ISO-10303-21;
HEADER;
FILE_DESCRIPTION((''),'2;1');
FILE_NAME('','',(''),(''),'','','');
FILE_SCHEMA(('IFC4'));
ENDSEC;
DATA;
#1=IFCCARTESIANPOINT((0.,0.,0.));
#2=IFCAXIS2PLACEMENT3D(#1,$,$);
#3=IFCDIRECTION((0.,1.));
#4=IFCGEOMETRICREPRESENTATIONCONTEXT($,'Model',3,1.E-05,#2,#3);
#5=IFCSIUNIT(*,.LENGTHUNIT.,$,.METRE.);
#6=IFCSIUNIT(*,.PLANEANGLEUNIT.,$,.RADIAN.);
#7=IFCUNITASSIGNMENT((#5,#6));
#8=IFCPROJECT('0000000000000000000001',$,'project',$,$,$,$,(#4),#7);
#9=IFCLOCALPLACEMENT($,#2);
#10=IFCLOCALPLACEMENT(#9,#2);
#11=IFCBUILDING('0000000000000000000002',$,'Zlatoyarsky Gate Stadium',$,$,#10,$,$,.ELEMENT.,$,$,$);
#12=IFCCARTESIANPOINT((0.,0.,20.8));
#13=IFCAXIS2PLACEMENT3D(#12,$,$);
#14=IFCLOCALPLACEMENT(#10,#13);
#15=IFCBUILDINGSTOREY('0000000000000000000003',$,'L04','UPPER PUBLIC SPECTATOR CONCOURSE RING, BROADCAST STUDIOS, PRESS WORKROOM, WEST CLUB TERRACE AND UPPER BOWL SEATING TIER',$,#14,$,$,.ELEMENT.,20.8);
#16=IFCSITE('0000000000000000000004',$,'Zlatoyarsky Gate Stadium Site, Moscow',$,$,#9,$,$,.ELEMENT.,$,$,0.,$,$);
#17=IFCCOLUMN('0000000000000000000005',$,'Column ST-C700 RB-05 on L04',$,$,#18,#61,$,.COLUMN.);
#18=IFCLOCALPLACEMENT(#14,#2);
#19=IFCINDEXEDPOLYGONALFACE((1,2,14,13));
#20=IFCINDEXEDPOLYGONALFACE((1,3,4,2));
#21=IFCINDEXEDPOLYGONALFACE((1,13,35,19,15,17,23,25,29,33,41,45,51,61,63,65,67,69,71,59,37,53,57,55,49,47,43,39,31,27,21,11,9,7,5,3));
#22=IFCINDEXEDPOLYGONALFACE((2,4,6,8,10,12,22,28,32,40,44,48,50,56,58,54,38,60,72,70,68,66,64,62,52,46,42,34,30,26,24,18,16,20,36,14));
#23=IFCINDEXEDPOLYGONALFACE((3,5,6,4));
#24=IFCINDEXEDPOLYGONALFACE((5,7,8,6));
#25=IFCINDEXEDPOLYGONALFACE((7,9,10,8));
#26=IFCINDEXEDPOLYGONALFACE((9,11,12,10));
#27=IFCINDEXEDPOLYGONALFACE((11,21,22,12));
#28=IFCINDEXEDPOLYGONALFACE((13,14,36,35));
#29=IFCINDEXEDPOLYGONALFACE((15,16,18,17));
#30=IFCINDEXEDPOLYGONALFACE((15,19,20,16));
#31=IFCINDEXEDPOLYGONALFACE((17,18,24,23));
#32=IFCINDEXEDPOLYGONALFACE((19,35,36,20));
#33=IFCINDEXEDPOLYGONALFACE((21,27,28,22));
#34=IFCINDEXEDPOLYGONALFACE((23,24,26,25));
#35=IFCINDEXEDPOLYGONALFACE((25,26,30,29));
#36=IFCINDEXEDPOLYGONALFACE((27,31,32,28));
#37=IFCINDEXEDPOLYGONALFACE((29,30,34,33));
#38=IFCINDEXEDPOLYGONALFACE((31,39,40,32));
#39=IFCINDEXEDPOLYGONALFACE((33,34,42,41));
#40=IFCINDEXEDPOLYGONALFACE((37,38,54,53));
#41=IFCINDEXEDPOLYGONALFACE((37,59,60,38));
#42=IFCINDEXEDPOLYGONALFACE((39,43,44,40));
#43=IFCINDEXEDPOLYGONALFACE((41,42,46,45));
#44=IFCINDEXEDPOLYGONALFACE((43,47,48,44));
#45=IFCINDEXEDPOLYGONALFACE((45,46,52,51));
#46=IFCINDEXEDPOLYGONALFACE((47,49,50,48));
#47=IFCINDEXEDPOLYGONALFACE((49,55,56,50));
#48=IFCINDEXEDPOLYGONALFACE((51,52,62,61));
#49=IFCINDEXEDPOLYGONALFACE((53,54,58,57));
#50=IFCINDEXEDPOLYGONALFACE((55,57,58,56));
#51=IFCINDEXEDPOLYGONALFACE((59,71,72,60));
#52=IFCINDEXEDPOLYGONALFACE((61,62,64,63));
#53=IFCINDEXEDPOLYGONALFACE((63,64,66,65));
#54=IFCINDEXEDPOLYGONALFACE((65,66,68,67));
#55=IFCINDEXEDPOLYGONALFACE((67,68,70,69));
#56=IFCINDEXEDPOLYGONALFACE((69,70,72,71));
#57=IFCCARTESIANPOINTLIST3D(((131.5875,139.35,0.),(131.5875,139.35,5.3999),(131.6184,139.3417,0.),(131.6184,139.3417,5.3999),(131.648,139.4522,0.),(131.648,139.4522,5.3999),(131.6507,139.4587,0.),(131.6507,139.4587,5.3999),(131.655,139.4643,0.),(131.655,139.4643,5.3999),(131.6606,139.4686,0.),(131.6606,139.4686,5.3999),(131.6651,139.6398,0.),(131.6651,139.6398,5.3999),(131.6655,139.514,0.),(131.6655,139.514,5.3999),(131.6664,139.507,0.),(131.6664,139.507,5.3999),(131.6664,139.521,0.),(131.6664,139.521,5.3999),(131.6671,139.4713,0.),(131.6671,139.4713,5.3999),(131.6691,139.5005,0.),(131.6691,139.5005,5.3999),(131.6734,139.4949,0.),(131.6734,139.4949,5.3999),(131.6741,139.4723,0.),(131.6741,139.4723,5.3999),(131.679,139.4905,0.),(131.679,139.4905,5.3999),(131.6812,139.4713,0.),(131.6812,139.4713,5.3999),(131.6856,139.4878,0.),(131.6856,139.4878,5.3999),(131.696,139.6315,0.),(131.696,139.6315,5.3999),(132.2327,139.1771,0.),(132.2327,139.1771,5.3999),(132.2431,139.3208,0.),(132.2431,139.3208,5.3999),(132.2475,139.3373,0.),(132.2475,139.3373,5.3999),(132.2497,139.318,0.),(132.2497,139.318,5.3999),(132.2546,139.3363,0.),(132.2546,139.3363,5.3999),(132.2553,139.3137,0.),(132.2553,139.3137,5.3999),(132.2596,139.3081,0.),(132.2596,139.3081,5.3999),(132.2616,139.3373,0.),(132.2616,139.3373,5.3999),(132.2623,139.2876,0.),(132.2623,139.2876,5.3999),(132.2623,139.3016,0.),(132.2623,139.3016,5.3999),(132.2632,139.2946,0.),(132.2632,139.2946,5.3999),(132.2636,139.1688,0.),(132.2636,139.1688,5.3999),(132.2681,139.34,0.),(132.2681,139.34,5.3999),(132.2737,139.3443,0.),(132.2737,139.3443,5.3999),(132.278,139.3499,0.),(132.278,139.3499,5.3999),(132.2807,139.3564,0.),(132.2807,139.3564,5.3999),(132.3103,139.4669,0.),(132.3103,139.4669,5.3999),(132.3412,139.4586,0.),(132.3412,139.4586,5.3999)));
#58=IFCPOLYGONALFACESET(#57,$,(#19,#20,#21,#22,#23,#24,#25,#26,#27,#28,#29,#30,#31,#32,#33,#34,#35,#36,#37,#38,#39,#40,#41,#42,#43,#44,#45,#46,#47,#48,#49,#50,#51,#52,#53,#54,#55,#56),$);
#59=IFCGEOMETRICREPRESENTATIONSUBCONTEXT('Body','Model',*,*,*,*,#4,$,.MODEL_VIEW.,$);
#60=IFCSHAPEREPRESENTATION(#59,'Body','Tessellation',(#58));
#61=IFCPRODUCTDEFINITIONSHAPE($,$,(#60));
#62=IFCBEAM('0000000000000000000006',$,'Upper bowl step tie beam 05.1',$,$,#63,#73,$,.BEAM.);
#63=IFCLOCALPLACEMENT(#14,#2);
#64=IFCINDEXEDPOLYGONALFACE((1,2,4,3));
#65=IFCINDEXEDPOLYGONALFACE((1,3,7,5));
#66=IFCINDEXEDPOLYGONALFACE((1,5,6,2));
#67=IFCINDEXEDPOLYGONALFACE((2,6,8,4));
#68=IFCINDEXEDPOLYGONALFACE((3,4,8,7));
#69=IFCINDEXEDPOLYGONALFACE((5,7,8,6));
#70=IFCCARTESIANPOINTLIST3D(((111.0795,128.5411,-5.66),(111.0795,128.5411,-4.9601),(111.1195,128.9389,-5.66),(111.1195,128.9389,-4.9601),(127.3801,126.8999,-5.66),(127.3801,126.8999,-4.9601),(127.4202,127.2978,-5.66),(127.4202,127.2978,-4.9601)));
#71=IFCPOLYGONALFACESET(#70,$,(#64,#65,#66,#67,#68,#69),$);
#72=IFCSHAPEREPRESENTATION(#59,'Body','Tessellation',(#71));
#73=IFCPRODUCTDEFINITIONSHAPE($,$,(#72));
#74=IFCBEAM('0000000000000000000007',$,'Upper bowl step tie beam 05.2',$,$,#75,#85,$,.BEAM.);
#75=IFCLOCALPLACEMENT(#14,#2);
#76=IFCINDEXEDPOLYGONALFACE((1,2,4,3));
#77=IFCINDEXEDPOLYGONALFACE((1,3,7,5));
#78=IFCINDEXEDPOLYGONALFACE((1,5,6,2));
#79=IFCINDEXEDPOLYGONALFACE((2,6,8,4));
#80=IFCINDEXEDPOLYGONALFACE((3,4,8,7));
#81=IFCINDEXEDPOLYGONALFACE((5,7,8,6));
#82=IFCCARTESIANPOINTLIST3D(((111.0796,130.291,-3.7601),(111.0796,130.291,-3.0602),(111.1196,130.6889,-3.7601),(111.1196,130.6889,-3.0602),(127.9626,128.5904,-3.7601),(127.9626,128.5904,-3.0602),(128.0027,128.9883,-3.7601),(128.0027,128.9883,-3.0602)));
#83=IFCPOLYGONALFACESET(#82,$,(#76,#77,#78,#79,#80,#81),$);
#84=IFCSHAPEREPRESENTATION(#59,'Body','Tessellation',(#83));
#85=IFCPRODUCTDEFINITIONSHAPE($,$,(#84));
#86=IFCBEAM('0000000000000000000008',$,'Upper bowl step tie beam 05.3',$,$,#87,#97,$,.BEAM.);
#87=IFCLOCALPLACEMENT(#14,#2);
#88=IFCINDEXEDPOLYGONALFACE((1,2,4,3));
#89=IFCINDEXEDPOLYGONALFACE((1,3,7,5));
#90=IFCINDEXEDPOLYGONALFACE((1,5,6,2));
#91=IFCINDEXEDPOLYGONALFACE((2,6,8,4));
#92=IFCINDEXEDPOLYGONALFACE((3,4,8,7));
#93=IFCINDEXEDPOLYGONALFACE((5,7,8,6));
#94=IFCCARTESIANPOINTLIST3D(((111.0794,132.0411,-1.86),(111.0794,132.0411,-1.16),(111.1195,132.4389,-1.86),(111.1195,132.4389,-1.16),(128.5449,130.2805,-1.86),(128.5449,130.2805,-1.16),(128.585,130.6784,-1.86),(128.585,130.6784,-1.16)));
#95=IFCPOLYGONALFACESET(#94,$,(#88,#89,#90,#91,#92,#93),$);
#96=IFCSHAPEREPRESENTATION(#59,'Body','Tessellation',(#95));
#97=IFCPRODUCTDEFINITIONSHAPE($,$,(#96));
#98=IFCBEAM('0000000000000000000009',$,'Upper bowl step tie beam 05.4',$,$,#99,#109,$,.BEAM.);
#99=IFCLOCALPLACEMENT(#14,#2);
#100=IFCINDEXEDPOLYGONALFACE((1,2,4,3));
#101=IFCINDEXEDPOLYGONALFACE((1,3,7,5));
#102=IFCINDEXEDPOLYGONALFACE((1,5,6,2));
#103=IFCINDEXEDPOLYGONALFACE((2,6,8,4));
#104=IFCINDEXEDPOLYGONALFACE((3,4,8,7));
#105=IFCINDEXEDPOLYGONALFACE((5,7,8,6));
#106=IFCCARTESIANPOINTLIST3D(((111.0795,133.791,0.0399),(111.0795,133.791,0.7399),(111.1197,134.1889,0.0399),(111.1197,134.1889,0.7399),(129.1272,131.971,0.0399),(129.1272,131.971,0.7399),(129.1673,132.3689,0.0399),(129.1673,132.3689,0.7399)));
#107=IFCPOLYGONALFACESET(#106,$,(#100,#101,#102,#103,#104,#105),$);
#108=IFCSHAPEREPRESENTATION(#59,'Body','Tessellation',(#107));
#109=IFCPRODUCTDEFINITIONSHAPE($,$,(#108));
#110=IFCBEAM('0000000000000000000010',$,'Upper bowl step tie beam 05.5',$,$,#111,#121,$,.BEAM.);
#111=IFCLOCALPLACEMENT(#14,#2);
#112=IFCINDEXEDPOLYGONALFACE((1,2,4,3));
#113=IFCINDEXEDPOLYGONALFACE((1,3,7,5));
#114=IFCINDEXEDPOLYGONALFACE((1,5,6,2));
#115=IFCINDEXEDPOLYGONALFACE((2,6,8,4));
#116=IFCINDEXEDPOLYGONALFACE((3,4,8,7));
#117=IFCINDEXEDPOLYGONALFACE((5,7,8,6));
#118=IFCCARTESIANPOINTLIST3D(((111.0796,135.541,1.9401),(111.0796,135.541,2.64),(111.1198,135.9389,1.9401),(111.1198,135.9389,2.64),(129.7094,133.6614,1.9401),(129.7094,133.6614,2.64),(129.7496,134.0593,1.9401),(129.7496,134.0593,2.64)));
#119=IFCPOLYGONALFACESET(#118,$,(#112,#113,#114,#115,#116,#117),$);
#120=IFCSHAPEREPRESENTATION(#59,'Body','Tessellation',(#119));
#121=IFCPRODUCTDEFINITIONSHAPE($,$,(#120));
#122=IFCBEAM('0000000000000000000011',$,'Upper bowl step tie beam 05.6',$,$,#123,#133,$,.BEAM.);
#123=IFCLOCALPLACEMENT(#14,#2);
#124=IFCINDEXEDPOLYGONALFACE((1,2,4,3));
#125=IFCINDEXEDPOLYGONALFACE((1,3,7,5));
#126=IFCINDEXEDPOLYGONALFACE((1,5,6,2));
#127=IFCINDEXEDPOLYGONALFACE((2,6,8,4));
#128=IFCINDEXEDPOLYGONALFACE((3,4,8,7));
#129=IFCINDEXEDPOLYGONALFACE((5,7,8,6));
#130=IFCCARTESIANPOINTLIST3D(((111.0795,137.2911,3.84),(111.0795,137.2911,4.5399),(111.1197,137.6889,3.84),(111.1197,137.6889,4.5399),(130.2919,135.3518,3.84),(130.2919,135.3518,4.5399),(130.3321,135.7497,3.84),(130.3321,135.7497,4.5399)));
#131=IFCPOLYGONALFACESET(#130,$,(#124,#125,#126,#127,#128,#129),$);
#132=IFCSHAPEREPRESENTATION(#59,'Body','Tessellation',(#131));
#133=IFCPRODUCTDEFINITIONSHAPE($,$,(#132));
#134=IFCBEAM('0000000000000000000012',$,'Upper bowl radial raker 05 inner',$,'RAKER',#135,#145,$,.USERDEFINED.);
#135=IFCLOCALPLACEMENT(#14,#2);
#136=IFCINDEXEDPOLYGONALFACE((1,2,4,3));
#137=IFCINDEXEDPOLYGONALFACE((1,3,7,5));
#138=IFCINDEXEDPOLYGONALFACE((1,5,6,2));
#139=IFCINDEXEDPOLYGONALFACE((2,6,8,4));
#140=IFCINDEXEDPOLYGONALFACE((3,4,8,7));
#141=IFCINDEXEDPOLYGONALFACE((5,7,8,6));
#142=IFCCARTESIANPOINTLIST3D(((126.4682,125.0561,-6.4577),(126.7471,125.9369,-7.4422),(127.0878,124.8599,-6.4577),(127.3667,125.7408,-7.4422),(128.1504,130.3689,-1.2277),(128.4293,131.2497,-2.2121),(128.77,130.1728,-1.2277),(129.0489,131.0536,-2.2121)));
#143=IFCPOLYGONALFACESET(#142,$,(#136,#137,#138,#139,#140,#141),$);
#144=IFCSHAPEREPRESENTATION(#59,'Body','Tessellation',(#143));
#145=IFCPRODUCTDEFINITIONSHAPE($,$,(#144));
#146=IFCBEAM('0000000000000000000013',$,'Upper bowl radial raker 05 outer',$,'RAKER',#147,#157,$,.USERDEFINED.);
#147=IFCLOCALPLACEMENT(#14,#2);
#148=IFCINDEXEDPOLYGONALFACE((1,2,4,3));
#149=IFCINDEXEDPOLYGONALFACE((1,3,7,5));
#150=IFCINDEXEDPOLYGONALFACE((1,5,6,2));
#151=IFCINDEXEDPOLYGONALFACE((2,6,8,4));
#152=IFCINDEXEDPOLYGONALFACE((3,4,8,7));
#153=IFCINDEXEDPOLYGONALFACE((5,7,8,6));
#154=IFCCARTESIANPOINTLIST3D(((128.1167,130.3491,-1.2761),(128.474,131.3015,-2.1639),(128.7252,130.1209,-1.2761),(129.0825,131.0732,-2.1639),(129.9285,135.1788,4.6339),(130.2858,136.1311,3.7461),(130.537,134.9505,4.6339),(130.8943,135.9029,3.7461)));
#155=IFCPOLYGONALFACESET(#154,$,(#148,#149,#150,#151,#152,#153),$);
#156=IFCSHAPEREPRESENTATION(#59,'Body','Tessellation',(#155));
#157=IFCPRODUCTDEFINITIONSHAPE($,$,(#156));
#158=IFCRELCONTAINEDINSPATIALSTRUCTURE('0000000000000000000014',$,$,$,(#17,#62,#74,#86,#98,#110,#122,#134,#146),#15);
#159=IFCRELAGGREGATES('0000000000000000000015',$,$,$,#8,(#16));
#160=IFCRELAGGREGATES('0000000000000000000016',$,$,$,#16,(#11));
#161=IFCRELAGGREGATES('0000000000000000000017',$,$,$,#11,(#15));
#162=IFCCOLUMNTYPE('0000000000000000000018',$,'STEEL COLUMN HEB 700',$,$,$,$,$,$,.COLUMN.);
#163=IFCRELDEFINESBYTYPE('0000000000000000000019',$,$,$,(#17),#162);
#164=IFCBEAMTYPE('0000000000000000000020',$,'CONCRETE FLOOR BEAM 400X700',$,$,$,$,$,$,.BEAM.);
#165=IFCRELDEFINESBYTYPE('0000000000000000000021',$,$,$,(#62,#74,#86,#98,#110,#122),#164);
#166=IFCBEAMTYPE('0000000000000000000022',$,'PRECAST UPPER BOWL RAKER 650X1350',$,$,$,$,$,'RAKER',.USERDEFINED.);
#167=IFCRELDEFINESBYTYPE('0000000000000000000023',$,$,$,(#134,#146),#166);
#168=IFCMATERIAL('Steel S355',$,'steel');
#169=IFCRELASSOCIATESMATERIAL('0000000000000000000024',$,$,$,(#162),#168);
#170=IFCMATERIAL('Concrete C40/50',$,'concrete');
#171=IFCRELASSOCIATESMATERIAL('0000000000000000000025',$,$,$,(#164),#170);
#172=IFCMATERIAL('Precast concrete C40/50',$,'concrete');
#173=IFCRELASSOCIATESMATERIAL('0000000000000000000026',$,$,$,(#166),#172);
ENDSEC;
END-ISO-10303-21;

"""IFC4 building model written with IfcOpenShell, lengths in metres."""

from ifc_helpers import new_model, si_unit, direction, frame, origin, origin_2d, place, context, subcontext, project, spatial, rectangle, i_section, extrude, material, material_profile, profile_set, type_object, element, save


model = new_model("IFC4")

# Units and contexts
model_context = context("Model", 3, precision=1e-05, world=origin(), true_north=direction((0.0, 1.0)))
body_context = subcontext(model_context, "Body", "Model", "MODEL_VIEW")
ifc_project = project(units=[si_unit("LENGTHUNIT", "METRE"), si_unit("PLANEANGLEUNIT", "RADIAN")], contexts=[model_context])

# Site, building, storey
site_placement = place(None, origin())
site = spatial("IfcSite", under=ifc_project, at=site_placement, Name="Zlatoyarsky Gate Stadium Site, Moscow", CompositionType="ELEMENT", RefElevation=0.0)
building_placement = place(site_placement, origin())
building = spatial("IfcBuilding", under=site, at=building_placement, Name="Zlatoyarsky Gate Stadium", CompositionType="ELEMENT")
storey_placement = place(building_placement, frame((0.0, 0.0, 20.8)))
storey = spatial("IfcBuildingStorey", under=building, at=storey_placement, Name="L04", Description="UPPER PUBLIC SPECTATOR CONCOURSE RING, BROADCAST STUDIOS, PRESS WORKROOM, WEST CLUB TERRACE AND UPPER BOWL SEATING TIER", CompositionType="ELEMENT", Elevation=20.8)

# Column
ifc_material_1 = material(Name="Steel S355", Category="steel")
ifc_material_profile_1 = material_profile(ifc_material_1, i_section(OverallWidth=0.3, OverallDepth=0.7, WebThickness=0.0171, FlangeThickness=0.032, FilletRadius=0.0271, at=origin_2d()), Name="HEB 700")
ifc_profile_set_1 = profile_set([ifc_material_profile_1], Name="Steel S355")
column_type = type_object("IfcColumnType", Name="STEEL COLUMN HEB 700", PredefinedType="COLUMN", material=ifc_profile_set_1)
column_placement = place(storey_placement, frame((131.9644, 139.4043, 0.0), z_axis=(0.0, 0.0, 1.0), x_axis=(0.258819, 0.965926, 0.0)))
element("IfcColumn", 1, at=column_placement, inside=storey, type_object=column_type, Name="Column ST-C700 RB-05 on L04", PredefinedType="COLUMN", context=body_context, shape_type="SweptSolid", body=[
    extrude(i_section(OverallWidth=0.3, OverallDepth=0.7, WebThickness=0.0171, FlangeThickness=0.032, FilletRadius=0.0271, at=origin_2d()), origin(), (0.0, 0.0, 1.0), 5.3999),
])

# Beams
ifc_material_2 = material(Name="Concrete C40/50", Category="concrete")
ifc_material_profile_2 = material_profile(ifc_material_2, rectangle(XDim=0.3999, YDim=0.7, at=origin_2d()), Name="RC BEAM 400X700")
ifc_profile_set_2 = profile_set([ifc_material_profile_2], Name="Concrete C40/50")
beam_type_1 = type_object("IfcBeamType", Name="CONCRETE FLOOR BEAM 400X700", PredefinedType="BEAM", material=ifc_profile_set_2)
beam_1_placement = place(storey_placement, frame((127.4001, 127.0989, -5.3101), z_axis=(-0.99497, 0.100172, 0.0), x_axis=(-0.100172, -0.99497, 0.0)))
element("IfcBeam", 2, at=beam_1_placement, inside=storey, type_object=beam_type_1, Name="Upper bowl step tie beam 05.1", PredefinedType="BEAM", context=body_context, shape_type="SweptSolid", body=[
    extrude(rectangle(XDim=0.3999, YDim=0.7, at=origin_2d()), origin(), (0.0, 0.0, 1.0), 16.3831),
])
beam_2_placement = place(storey_placement, frame((127.9827, 128.7893, -3.4102), z_axis=(-0.994965, 0.100226, 0.0), x_axis=(-0.100226, -0.994965, 0.0)))
element("IfcBeam", 3, at=beam_2_placement, inside=storey, type_object=beam_type_1, Name="Upper bowl step tie beam 05.2", PredefinedType="BEAM", context=body_context, shape_type="SweptSolid", body=[
    extrude(rectangle(XDim=0.3999, YDim=0.7, at=origin_2d()), origin(), (0.0, 0.0, 1.0), 16.9685),
])
beam_3_placement = place(storey_placement, frame((128.5649, 130.4795, -1.51), z_axis=(-0.994958, 0.100291, 0.0), x_axis=(-0.100291, -0.994958, 0.0)))
element("IfcBeam", 4, at=beam_3_placement, inside=storey, type_object=beam_type_1, Name="Upper bowl step tie beam 05.3", PredefinedType="BEAM", context=body_context, shape_type="SweptSolid", body=[
    extrude(rectangle(XDim=0.3999, YDim=0.7, at=origin_2d()), origin(), (0.0, 0.0, 1.0), 17.554),
])
beam_4_placement = place(storey_placement, frame((129.1472, 132.1699, 0.3899), z_axis=(-0.994953, 0.100339, 0.0), x_axis=(-0.100339, -0.994953, 0.0)))
element("IfcBeam", 5, at=beam_4_placement, inside=storey, type_object=beam_type_1, Name="Upper bowl step tie beam 05.4", PredefinedType="BEAM", context=body_context, shape_type="SweptSolid", body=[
    extrude(rectangle(XDim=0.3999, YDim=0.7, at=origin_2d()), origin(), (0.0, 0.0, 1.0), 18.1392),
])
beam_5_placement = place(storey_placement, frame((129.7295, 133.8604, 2.29), z_axis=(-0.994949, 0.100384, 0.0), x_axis=(-0.100384, -0.994949, 0.0)))
element("IfcBeam", 6, at=beam_5_placement, inside=storey, type_object=beam_type_1, Name="Upper bowl step tie beam 05.5", PredefinedType="BEAM", context=body_context, shape_type="SweptSolid", body=[
    extrude(rectangle(XDim=0.3999, YDim=0.7, at=origin_2d()), origin(), (0.0, 0.0, 1.0), 18.7244),
])
beam_6_placement = place(storey_placement, frame((130.312, 135.5508, 4.1899), z_axis=(-0.994945, 0.100425, 0.0), x_axis=(-0.100425, -0.994945, 0.0)))
element("IfcBeam", 7, at=beam_6_placement, inside=storey, type_object=beam_type_1, Name="Upper bowl step tie beam 05.6", PredefinedType="BEAM", context=body_context, shape_type="SweptSolid", body=[
    extrude(rectangle(XDim=0.3999, YDim=0.7, at=origin_2d()), origin(), (0.0, 0.0, 1.0), 19.3101),
])
ifc_material_3 = material(Name="Precast concrete C40/50", Category="concrete")
ifc_material_profile_3 = material_profile(ifc_material_3, rectangle(XDim=0.6499, YDim=1.3501, at=origin_2d()), Name="PC RAKER 650X1350")
ifc_profile_set_3 = profile_set([ifc_material_profile_3], Name="Precast concrete C40/50")
beam_type_2 = type_object("IfcBeamType", Name="PRECAST UPPER BOWL RAKER 650X1350", ElementType="RAKER", PredefinedType="USERDEFINED", material=ifc_profile_set_3)
beam_7_placement = place(storey_placement, frame((126.9175, 125.3984, -6.95), z_axis=(0.220102, 0.69516, 0.68433), x_axis=(-0.953355, 0.301853, 0.0)))
element("IfcBeam", 8, at=beam_7_placement, inside=storey, type_object=beam_type_2, Name="Upper bowl radial raker 05 inner", ObjectType="RAKER", PredefinedType="USERDEFINED", context=body_context, shape_type="SweptSolid", body=[
    extrude(rectangle(XDim=0.6499, YDim=1.3501, at=origin_2d()), origin(), (0.0, 0.0, 1.0), 7.6426),
])
beam_8_placement = place(storey_placement, frame((128.5996, 130.7112, -1.72), z_axis=(0.230963, 0.615674, 0.753393), x_axis=(-0.936286, 0.351238, 0.0)))
element("IfcBeam", 9, at=beam_8_placement, inside=storey, type_object=beam_type_2, Name="Upper bowl radial raker 05 outer", ObjectType="RAKER", PredefinedType="USERDEFINED", context=body_context, shape_type="SweptSolid", body=[
    extrude(rectangle(XDim=0.6499, YDim=1.3501, at=origin_2d()), origin(), (0.0, 0.0, 1.0), 7.8445),
])

save(model, "model.ifc")
